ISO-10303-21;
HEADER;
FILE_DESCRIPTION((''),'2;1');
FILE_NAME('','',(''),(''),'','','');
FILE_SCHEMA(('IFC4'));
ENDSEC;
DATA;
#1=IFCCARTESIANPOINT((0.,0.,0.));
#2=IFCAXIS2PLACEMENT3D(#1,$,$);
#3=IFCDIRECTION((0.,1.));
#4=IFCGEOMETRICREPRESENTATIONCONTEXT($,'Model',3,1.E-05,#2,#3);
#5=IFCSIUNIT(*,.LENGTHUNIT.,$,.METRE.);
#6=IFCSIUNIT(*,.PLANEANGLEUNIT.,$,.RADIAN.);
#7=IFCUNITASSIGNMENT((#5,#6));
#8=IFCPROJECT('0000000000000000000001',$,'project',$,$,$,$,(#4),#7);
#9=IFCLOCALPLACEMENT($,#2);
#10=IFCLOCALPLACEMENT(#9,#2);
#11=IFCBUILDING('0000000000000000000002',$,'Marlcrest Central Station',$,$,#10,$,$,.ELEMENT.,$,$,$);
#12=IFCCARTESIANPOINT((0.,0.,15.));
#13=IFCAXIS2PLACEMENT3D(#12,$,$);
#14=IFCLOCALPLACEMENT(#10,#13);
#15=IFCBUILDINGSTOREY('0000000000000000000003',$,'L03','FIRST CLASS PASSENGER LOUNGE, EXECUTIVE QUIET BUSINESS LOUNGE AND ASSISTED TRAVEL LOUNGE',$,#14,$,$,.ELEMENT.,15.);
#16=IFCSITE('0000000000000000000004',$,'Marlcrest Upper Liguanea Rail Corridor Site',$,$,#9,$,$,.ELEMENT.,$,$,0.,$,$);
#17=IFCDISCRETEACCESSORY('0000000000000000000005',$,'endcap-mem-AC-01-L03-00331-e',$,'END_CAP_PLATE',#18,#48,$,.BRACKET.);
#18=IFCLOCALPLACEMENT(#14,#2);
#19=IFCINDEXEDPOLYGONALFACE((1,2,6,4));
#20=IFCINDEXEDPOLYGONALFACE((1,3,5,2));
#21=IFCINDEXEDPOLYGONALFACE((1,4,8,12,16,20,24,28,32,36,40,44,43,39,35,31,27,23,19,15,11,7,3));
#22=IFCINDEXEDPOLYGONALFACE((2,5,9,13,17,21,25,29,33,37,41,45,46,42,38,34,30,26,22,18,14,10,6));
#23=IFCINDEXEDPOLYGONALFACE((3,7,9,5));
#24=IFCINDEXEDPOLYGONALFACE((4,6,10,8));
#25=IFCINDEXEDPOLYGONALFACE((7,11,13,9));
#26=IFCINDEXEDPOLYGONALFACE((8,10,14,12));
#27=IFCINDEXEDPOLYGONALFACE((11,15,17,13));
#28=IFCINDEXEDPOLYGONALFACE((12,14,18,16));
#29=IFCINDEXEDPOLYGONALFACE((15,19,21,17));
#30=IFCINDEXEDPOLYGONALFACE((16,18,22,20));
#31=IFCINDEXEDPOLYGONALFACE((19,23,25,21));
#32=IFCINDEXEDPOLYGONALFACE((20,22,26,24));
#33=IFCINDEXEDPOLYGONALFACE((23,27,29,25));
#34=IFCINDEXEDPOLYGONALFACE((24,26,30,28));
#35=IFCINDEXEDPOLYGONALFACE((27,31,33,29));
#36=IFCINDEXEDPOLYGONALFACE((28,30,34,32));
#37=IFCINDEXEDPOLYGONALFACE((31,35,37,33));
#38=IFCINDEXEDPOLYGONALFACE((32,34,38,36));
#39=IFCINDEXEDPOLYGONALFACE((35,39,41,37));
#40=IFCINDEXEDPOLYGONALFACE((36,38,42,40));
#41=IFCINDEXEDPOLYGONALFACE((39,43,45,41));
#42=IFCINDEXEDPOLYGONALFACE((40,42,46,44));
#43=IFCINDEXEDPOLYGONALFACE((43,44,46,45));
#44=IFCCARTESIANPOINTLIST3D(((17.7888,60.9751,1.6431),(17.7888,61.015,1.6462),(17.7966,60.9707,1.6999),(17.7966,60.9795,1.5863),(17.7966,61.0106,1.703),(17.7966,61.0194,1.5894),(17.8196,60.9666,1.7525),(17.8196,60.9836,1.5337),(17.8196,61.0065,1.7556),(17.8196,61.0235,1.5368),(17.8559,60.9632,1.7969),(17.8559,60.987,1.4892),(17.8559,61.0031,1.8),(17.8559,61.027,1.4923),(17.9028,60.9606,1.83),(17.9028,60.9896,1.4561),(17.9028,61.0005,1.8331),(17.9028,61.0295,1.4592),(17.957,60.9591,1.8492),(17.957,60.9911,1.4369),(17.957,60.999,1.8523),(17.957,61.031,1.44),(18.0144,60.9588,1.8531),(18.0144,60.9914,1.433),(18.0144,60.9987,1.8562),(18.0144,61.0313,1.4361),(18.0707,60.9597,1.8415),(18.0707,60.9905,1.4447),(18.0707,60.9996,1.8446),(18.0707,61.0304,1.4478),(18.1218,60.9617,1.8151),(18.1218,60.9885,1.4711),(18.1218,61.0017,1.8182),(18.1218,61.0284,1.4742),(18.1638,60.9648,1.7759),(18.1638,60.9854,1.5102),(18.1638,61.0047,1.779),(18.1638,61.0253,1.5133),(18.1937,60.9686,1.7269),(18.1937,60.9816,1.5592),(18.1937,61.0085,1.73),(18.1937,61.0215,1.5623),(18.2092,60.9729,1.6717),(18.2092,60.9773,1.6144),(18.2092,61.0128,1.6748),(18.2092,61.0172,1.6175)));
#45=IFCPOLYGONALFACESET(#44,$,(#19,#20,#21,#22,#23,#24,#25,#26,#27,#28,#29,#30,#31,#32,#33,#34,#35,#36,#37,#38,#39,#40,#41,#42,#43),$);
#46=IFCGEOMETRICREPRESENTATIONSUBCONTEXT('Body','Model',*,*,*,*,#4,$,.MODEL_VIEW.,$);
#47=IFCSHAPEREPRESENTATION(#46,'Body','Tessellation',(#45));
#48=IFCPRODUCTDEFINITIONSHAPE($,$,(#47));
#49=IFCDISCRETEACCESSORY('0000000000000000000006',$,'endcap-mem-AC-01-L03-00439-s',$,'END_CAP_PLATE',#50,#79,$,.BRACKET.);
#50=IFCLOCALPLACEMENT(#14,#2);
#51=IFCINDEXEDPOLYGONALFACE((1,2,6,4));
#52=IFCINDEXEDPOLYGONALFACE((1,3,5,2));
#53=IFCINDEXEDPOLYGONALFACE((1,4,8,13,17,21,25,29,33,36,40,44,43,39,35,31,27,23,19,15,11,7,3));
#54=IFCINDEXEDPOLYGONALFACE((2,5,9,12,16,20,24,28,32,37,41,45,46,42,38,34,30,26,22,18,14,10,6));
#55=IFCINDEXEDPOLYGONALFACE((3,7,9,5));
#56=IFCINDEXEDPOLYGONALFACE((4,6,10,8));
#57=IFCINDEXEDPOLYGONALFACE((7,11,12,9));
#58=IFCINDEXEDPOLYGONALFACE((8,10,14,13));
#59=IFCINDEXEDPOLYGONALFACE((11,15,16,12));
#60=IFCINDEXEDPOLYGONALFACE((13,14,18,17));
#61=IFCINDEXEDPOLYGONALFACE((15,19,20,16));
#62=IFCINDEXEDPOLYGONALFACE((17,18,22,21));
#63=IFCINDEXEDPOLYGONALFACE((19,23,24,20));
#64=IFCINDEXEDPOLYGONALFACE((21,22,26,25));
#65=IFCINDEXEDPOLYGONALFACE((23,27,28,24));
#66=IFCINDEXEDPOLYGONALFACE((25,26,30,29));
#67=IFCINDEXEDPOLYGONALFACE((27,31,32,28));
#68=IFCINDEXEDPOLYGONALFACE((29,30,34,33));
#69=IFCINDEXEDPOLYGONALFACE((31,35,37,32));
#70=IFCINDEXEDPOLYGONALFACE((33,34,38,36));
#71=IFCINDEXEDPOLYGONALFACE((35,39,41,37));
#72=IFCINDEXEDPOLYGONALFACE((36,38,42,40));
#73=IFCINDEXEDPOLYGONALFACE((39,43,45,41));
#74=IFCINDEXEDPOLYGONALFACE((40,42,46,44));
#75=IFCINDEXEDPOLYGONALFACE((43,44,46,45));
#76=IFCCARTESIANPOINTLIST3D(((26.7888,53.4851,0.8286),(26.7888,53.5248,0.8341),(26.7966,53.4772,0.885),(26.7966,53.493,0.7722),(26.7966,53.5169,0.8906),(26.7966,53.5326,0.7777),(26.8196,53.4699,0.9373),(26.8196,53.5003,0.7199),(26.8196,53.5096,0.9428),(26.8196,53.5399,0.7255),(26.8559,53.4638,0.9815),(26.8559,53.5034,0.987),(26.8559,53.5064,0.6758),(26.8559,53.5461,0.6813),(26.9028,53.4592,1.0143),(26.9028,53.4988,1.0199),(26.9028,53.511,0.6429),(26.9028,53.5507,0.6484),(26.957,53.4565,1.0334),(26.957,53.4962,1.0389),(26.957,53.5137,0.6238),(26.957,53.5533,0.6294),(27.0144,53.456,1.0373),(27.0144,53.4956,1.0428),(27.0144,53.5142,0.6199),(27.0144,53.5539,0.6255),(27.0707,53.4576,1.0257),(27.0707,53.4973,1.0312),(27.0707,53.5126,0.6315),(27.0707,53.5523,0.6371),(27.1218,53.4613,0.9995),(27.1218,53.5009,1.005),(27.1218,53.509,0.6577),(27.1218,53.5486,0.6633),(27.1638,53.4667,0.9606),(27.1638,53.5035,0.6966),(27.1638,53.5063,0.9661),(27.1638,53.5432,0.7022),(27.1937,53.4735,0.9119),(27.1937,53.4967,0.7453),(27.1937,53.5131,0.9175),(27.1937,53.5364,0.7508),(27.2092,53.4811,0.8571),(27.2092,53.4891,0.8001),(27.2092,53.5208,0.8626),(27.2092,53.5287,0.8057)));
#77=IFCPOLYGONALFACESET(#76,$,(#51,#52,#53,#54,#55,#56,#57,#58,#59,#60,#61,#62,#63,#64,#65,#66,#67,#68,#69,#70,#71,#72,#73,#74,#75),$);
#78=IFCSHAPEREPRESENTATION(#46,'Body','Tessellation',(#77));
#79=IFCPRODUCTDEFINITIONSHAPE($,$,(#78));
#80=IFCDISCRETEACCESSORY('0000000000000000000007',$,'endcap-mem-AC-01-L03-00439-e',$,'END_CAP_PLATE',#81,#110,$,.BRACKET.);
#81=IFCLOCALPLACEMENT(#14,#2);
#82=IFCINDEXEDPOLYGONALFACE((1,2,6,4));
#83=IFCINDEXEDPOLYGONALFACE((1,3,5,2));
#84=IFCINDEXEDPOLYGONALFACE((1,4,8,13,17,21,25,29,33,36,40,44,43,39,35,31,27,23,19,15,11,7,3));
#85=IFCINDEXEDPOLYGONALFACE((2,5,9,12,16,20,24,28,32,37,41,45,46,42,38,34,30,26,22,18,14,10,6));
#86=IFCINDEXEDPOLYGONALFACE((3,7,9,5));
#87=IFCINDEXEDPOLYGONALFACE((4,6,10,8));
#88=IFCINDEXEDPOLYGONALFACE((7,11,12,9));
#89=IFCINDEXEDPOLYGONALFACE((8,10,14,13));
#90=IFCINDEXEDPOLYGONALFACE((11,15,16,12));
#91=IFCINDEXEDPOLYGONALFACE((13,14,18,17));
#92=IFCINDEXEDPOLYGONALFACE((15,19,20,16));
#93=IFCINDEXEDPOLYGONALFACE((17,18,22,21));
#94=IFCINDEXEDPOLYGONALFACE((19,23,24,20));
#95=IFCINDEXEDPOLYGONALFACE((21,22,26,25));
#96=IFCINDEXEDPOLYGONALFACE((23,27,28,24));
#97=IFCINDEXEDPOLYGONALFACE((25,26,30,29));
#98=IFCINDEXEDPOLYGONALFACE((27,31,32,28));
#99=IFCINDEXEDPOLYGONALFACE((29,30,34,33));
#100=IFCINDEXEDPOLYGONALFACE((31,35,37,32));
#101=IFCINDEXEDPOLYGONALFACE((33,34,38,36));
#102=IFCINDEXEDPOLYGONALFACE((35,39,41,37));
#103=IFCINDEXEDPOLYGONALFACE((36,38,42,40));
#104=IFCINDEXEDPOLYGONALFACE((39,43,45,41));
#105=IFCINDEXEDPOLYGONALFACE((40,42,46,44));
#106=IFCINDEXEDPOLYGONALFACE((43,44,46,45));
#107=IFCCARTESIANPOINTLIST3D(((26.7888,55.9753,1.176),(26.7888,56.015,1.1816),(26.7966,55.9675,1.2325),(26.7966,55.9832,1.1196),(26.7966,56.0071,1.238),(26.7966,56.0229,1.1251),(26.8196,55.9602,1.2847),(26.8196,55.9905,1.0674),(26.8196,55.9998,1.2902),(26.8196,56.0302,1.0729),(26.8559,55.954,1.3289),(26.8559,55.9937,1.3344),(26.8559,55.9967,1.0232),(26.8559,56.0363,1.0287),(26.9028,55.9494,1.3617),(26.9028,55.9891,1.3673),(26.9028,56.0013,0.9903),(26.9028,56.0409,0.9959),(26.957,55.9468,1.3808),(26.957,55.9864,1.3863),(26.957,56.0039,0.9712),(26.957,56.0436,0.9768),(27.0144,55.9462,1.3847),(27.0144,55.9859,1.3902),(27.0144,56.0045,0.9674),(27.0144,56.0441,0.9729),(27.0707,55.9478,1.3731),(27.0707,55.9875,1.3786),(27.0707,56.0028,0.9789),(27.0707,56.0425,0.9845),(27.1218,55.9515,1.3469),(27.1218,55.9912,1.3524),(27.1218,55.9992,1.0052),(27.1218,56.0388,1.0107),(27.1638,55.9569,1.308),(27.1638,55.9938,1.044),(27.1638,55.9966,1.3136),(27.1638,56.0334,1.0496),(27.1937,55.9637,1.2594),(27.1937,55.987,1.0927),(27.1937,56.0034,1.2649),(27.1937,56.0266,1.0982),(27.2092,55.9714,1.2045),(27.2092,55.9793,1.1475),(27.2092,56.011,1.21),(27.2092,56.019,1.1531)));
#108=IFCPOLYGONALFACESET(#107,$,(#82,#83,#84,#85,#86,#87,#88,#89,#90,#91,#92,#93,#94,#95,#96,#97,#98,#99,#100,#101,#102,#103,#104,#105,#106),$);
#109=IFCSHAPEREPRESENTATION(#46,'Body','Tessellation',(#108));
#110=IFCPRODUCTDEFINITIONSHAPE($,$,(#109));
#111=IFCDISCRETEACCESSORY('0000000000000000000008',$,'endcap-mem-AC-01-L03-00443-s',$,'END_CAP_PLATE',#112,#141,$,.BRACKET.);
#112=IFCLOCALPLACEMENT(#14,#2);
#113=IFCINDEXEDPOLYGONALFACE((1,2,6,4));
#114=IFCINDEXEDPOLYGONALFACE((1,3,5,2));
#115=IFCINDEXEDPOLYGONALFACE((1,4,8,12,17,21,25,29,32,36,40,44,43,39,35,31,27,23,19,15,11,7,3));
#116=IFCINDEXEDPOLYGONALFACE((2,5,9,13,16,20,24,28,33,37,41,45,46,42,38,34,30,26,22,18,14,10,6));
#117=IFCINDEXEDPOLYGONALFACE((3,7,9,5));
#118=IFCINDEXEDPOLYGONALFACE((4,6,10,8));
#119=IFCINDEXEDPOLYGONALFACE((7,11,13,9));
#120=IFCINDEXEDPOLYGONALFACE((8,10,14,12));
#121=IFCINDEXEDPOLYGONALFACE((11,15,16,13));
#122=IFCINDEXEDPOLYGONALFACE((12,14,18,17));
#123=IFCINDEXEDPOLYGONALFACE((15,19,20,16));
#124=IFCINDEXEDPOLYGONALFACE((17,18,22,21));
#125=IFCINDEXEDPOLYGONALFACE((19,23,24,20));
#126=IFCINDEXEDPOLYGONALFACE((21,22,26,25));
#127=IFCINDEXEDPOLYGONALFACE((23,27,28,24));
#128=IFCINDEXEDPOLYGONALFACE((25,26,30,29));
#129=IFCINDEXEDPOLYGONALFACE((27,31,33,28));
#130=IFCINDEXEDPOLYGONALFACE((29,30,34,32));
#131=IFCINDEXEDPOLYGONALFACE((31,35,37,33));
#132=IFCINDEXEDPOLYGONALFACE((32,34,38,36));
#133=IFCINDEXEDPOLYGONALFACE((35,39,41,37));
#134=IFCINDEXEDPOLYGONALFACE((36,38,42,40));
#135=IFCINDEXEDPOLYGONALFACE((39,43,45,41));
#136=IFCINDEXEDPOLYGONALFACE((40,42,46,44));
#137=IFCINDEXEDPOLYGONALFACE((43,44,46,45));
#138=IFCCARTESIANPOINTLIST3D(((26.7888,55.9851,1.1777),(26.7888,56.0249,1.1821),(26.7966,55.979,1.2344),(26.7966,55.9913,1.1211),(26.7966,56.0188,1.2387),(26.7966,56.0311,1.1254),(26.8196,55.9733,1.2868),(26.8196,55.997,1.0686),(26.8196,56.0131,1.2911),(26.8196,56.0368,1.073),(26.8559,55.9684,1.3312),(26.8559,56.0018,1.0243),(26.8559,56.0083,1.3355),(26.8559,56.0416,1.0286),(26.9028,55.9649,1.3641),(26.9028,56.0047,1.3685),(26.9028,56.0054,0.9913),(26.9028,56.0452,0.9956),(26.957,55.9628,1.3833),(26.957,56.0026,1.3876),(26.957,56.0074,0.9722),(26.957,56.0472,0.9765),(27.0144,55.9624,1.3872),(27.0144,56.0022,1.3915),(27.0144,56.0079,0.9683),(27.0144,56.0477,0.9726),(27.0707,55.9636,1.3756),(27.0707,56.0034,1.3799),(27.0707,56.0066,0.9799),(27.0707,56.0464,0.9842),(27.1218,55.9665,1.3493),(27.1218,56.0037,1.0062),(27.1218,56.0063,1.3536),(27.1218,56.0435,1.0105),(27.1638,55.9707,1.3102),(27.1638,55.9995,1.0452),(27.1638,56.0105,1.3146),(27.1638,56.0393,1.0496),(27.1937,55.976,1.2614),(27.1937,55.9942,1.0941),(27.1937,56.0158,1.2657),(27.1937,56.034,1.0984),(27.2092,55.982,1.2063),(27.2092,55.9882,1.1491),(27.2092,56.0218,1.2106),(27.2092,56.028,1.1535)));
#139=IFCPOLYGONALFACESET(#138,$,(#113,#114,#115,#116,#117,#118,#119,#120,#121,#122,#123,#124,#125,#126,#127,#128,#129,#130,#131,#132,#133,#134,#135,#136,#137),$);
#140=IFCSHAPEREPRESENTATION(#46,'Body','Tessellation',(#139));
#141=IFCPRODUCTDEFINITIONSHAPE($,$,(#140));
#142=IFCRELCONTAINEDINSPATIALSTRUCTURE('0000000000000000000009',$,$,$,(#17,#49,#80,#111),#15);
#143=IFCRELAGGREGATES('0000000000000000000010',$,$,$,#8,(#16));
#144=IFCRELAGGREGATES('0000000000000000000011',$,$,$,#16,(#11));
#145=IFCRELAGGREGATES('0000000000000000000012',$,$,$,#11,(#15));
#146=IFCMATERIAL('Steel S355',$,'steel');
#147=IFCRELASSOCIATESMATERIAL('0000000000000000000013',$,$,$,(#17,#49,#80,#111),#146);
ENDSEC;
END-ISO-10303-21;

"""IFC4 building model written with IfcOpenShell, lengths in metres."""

from ifc_helpers import new_model, si_unit, direction, frame, origin, origin_2d, place, context, subcontext, project, spatial, circle, extrude, material, element, save


model = new_model("IFC4")

# Units and contexts
model_context = context("Model", 3, precision=1e-05, world=origin(), true_north=direction((0.0, 1.0)))
body_context = subcontext(model_context, "Body", "Model", "MODEL_VIEW")
ifc_project = project(units=[si_unit("LENGTHUNIT", "METRE"), si_unit("PLANEANGLEUNIT", "RADIAN")], contexts=[model_context])

# Site, building, storey
site_placement = place(None, origin())
site = spatial("IfcSite", under=ifc_project, at=site_placement, Name="Marlcrest Upper Liguanea Rail Corridor Site", CompositionType="ELEMENT", RefElevation=0.0)
building_placement = place(site_placement, origin())
building = spatial("IfcBuilding", under=site, at=building_placement, Name="Marlcrest Central Station", CompositionType="ELEMENT")
storey_placement = place(building_placement, frame((0.0, 0.0, 15.0)))
storey = spatial("IfcBuildingStorey", under=building, at=storey_placement, Name="L03", Description="FIRST CLASS PASSENGER LOUNGE, EXECUTIVE QUIET BUSINESS LOUNGE AND ASSISTED TRAVEL LOUNGE", CompositionType="ELEMENT", Elevation=15.0)

# Shared definitions
ifc_material_1 = material(Name="Steel S355", Category="steel")

# Discrete accessories
for number, where, z_axis, x_axis, name in (
    (1, (18.0, 60.9751, 1.6431), (0.0, 0.997, 0.077404), (-1.0, 0.0, 0.0), "endcap-mem-AC-01-L03-00331-e"),
    (2, (27.0, 53.4851, 0.8286), (0.0, 0.990403, 0.138211), (-1.0, 0.0, 0.0), "endcap-mem-AC-01-L03-00439-s"),
    (3, (27.0, 55.9753, 1.176), (0.0, 0.990403, 0.138211), (-1.0, 0.0, 0.0), "endcap-mem-AC-01-L03-00439-e"),
    (4, (27.0, 55.9851, 1.1777), (0.0, 0.994155, 0.107959), (-1.0, 0.0, 0.0), "endcap-mem-AC-01-L03-00443-s"),
):
    element("IfcDiscreteAccessory", number, at=place(storey_placement, frame(where, z_axis=z_axis, x_axis=x_axis)), inside=storey, material=ifc_material_1, Name=name, ObjectType="END_CAP_PLATE", PredefinedType="BRACKET", context=body_context, shape_type="SweptSolid", body=[
        extrude(circle(Radius=0.2112, at=origin_2d()), origin(), (0.0, 0.0, 1.0), 0.04),
    ])

save(model, "model.ifc")
